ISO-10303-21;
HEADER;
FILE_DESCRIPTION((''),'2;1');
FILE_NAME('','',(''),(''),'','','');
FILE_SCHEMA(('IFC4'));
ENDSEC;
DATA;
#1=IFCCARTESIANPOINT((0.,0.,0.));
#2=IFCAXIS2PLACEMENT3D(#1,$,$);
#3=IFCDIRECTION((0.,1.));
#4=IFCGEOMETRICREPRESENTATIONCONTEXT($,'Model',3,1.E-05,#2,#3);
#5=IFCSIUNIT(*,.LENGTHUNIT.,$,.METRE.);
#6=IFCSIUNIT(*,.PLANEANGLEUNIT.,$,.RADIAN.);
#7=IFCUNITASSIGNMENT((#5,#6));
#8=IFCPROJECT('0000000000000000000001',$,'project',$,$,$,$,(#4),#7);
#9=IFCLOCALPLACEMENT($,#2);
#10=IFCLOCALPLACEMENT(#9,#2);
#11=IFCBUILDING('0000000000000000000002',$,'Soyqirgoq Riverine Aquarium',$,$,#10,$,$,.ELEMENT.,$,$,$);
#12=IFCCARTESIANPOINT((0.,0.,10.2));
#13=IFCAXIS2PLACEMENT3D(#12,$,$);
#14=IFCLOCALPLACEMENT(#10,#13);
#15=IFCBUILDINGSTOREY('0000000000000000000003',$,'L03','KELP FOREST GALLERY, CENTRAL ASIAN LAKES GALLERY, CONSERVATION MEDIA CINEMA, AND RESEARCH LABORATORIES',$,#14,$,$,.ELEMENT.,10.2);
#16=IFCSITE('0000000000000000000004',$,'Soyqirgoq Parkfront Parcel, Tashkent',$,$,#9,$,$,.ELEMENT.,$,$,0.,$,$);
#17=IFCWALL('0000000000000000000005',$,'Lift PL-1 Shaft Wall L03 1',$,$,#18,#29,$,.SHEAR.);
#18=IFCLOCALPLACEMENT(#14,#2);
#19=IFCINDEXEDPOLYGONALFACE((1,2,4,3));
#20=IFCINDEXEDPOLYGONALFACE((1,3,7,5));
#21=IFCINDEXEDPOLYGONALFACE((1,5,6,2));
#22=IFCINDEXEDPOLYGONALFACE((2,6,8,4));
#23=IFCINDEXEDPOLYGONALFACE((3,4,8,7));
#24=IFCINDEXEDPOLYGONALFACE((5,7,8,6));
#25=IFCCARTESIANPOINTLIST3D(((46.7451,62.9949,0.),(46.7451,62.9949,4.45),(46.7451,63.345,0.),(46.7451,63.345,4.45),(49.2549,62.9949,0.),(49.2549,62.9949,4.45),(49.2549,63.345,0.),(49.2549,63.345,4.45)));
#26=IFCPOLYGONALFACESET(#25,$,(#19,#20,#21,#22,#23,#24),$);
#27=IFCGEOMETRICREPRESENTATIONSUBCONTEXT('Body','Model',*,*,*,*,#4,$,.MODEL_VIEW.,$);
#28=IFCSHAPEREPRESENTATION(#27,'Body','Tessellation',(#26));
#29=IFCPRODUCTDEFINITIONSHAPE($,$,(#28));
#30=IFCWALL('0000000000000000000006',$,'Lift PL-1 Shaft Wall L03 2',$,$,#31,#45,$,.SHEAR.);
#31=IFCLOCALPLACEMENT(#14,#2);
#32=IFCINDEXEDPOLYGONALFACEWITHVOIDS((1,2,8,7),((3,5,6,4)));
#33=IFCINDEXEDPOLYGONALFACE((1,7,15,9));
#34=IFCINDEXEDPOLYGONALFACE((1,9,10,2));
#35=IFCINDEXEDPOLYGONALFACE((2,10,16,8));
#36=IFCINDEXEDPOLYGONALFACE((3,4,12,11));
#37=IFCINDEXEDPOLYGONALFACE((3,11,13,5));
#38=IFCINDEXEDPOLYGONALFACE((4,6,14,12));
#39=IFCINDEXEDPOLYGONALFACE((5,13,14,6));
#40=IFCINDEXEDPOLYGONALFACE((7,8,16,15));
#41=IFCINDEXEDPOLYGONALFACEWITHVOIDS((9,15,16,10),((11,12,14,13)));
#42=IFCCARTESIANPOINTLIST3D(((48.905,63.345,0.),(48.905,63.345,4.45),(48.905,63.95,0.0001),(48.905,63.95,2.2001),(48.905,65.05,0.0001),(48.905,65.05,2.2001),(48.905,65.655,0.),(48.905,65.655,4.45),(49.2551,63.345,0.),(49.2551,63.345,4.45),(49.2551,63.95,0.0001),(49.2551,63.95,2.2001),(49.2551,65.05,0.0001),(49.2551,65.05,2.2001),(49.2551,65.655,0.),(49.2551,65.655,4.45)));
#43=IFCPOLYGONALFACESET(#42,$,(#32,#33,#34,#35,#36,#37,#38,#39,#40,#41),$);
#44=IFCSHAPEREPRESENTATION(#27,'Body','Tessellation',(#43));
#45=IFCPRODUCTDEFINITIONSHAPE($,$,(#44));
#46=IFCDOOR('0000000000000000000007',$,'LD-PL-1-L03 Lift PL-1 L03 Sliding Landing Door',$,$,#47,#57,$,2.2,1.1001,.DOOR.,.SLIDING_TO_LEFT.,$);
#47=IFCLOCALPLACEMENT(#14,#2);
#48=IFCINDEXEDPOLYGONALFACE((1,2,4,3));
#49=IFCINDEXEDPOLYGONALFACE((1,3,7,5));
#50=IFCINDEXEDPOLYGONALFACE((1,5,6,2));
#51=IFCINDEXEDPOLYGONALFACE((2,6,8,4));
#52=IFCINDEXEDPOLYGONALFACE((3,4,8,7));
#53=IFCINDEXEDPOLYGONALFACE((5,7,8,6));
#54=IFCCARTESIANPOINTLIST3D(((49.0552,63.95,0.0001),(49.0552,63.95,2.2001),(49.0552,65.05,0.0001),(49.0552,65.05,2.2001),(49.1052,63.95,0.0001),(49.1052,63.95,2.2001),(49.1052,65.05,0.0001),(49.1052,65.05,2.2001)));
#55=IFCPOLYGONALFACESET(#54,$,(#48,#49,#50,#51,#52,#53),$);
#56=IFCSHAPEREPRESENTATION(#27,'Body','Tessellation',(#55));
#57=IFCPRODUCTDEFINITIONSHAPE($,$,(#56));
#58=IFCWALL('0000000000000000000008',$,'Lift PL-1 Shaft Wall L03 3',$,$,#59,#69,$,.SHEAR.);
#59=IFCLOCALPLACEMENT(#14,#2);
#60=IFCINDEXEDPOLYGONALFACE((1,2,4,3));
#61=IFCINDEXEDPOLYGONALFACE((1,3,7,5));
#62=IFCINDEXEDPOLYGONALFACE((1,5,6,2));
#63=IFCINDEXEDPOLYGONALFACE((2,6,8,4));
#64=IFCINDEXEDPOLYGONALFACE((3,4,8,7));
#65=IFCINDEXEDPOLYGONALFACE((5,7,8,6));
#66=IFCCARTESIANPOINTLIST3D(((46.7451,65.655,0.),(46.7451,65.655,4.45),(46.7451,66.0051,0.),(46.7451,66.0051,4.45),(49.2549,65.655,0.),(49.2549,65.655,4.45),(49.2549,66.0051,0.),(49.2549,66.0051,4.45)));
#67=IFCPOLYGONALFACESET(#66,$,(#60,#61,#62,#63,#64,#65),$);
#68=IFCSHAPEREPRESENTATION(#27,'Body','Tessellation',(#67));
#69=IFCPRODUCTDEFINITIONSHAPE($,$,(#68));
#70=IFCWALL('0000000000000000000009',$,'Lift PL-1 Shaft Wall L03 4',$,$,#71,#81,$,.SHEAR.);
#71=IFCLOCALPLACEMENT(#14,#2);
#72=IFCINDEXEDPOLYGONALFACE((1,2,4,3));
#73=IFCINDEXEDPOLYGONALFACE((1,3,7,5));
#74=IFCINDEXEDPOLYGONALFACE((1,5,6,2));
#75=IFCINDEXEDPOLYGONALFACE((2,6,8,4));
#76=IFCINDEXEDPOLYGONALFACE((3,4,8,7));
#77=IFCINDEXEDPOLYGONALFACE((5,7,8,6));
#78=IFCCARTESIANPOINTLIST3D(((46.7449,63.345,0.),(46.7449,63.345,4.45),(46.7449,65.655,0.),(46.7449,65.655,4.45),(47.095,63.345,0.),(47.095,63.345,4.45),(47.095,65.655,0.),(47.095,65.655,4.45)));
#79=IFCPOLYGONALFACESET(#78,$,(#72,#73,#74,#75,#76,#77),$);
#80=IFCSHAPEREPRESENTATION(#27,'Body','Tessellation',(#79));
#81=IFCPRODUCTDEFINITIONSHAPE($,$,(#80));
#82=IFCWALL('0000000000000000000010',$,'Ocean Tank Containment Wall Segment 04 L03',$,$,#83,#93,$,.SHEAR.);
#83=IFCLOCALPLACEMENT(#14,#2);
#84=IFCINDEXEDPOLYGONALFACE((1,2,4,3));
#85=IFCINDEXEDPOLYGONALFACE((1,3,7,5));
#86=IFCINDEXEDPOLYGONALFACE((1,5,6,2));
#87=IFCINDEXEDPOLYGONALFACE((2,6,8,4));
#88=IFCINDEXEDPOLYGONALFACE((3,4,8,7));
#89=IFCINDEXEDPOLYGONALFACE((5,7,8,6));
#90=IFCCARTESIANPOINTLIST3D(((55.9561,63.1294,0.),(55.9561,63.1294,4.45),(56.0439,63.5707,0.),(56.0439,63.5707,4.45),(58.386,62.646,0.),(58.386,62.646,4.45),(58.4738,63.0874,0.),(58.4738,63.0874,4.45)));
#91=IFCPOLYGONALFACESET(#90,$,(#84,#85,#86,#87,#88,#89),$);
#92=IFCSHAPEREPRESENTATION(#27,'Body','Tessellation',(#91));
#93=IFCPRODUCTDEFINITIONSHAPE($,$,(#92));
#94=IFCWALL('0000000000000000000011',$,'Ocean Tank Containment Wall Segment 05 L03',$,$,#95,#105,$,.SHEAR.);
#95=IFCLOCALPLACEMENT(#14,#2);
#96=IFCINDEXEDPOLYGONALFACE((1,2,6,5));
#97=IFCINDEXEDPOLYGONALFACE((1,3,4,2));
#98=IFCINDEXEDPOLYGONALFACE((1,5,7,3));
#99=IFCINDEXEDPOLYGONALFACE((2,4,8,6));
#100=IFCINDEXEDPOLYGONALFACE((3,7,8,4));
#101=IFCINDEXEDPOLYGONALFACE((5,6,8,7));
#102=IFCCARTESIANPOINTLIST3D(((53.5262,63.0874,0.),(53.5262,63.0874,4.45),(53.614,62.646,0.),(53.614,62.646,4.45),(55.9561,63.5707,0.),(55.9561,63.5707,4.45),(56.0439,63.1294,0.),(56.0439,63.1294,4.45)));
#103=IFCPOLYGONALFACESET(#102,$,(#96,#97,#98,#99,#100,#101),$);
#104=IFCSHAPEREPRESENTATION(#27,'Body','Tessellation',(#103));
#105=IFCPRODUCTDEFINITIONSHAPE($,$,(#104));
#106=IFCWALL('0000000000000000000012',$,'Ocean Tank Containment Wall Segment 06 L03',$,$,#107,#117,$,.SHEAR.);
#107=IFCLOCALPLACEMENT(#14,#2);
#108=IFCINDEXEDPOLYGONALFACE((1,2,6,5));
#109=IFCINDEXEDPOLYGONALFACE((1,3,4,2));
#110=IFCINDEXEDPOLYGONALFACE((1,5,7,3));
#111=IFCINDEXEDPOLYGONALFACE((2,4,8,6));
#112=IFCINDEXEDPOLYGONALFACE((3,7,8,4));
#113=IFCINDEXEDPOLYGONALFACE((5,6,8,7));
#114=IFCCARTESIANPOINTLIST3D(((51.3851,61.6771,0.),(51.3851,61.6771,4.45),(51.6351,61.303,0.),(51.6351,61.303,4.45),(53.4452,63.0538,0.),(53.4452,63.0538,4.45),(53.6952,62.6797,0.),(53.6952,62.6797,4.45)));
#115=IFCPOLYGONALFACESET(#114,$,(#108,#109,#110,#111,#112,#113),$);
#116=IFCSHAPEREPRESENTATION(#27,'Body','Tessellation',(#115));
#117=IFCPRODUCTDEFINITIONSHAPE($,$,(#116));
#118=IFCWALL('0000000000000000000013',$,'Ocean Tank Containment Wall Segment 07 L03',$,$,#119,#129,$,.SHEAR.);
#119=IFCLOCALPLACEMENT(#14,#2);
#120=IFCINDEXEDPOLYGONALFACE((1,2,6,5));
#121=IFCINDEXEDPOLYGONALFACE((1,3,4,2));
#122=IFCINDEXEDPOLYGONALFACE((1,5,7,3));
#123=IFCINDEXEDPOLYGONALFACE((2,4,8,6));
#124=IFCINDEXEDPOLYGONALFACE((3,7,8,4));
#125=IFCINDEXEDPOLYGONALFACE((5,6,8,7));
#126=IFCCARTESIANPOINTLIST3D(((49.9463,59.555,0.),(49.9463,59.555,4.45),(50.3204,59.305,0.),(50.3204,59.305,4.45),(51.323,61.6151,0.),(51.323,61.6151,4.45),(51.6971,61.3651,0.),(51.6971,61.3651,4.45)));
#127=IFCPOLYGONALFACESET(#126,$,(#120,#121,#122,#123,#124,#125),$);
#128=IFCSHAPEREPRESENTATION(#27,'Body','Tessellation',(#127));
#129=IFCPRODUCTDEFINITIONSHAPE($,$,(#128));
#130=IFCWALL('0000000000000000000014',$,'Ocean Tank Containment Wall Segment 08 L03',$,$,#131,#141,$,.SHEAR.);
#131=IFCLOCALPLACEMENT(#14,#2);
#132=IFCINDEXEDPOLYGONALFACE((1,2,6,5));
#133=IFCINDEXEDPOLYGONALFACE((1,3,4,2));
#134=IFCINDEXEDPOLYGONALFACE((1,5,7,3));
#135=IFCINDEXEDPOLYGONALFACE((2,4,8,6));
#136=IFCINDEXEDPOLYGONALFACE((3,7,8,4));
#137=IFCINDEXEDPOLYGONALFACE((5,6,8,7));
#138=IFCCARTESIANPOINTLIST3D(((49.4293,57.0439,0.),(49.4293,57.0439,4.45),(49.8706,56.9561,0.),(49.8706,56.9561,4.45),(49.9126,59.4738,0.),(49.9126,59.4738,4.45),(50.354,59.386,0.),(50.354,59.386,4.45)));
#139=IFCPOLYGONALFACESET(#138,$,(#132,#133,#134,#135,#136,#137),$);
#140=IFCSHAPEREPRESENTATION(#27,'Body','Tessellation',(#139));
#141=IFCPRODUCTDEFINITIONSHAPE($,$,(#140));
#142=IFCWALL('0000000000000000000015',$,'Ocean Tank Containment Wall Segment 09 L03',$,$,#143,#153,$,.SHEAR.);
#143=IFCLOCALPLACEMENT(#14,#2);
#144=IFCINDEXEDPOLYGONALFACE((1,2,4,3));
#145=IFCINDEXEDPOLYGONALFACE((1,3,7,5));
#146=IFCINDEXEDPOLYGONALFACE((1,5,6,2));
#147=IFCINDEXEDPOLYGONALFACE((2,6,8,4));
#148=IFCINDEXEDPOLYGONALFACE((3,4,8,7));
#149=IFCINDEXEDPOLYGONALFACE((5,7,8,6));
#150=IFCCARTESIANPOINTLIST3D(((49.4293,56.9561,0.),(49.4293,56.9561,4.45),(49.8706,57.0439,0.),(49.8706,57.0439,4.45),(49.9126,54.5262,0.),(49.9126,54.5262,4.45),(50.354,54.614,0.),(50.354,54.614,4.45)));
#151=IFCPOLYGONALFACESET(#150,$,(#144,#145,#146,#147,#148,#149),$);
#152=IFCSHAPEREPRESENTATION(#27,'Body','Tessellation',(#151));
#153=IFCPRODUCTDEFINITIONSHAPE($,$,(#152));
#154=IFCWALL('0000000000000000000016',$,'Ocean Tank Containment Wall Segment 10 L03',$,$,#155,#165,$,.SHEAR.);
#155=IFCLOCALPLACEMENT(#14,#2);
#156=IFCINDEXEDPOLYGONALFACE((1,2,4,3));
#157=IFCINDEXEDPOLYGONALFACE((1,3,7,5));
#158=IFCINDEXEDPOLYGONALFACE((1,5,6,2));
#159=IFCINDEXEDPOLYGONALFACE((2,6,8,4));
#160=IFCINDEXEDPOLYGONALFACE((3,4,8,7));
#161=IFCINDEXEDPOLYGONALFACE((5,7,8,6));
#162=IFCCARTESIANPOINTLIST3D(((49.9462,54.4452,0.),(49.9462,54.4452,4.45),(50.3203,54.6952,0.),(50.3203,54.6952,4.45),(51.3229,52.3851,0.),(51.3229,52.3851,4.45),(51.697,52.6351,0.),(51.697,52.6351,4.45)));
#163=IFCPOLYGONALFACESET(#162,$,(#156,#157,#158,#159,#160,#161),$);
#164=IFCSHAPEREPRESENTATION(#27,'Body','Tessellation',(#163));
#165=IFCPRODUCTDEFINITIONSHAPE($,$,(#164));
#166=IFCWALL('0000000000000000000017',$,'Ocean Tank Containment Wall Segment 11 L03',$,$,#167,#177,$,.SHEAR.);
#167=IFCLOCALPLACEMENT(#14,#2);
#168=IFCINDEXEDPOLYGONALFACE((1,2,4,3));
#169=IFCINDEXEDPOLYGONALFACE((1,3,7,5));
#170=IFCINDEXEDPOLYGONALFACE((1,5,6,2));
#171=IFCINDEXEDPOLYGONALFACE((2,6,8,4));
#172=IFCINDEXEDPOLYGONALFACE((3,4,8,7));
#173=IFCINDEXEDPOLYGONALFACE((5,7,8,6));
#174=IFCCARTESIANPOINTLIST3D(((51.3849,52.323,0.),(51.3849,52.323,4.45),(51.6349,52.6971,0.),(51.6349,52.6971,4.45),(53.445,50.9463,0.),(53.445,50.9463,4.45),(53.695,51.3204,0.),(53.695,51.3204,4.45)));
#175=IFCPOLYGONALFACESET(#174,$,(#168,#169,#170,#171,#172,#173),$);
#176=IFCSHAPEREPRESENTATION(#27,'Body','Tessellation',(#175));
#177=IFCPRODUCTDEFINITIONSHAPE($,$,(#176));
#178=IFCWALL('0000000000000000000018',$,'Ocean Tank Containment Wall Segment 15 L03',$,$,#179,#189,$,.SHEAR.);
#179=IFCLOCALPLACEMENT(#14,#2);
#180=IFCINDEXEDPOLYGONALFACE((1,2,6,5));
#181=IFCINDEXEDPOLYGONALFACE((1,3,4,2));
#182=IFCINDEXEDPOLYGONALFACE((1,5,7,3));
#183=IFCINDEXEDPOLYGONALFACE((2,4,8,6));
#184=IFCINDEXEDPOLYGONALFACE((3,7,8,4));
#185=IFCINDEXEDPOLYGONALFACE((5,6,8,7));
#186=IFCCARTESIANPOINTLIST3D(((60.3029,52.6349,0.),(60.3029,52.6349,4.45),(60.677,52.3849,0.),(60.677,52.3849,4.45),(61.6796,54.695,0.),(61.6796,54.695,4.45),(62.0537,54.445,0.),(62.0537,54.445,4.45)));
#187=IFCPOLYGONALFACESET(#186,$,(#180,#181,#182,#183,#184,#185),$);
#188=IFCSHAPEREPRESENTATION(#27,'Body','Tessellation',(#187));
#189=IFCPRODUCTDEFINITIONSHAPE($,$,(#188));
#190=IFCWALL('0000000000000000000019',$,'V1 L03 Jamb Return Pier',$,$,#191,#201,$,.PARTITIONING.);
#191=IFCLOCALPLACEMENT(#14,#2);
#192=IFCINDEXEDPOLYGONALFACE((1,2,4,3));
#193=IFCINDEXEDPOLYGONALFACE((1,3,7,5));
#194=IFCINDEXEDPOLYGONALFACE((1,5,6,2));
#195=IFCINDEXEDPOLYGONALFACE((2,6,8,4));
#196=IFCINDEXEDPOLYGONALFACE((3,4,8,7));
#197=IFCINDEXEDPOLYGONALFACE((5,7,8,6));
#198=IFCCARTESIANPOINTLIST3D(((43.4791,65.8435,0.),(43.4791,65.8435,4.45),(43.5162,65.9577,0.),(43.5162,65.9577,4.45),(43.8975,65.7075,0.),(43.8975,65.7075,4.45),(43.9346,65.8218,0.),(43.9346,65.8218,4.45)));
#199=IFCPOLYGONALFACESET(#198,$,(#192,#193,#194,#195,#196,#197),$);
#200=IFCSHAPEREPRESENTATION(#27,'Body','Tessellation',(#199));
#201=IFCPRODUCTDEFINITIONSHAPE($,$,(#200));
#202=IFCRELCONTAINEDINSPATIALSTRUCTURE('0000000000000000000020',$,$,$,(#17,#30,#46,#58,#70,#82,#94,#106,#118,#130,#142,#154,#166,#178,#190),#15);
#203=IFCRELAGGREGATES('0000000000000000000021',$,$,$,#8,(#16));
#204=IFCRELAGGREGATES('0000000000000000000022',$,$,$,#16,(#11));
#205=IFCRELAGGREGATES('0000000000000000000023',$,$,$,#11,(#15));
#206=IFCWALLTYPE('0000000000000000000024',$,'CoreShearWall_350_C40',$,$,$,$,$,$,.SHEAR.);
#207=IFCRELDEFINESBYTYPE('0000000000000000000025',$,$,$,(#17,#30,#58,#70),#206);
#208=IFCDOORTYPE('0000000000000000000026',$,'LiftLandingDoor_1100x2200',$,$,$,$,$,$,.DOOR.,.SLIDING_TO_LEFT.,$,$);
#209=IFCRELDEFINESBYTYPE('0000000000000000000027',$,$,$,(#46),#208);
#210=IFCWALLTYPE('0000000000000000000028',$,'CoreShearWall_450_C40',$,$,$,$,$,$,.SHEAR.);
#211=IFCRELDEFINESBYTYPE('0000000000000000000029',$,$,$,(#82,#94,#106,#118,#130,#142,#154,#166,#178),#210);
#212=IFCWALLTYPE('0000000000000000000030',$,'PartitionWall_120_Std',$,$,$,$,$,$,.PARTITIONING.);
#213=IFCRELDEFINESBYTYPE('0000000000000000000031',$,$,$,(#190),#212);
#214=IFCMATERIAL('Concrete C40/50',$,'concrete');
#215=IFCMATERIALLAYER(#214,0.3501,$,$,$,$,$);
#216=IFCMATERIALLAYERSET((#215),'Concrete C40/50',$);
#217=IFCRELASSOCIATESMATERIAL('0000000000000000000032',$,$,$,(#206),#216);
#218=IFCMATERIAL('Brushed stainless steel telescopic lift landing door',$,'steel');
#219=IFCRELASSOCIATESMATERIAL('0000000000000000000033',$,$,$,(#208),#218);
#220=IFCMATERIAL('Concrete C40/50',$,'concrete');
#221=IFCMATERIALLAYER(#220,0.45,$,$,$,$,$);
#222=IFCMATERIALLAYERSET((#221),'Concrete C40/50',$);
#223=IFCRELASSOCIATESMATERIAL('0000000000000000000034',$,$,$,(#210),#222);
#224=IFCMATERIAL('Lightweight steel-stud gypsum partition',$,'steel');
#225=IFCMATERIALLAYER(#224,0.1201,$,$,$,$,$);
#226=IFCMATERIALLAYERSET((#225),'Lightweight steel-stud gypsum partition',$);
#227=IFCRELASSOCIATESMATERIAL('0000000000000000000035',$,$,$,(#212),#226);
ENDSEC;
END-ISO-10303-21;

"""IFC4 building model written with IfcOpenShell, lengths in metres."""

from ifc_helpers import new_model, si_unit, direction, frame, frame_2d, origin, place, context, subcontext, project, spatial, rectangle, extrude, material, layer, layer_set, type_object, element, fill, save


model = new_model("IFC4")

# Units and contexts
model_context = context("Model", 3, precision=1e-05, world=origin(), true_north=direction((0.0, 1.0)))
body_context = subcontext(model_context, "Body", "Model", "MODEL_VIEW")
ifc_project = project(units=[si_unit("LENGTHUNIT", "METRE"), si_unit("PLANEANGLEUNIT", "RADIAN")], contexts=[model_context])

# Site, building, storey
site_placement = place(None, origin())
site = spatial("IfcSite", under=ifc_project, at=site_placement, Name="Soyqirgoq Parkfront Parcel, Tashkent", CompositionType="ELEMENT", RefElevation=0.0)
building_placement = place(site_placement, origin())
building = spatial("IfcBuilding", under=site, at=building_placement, Name="Soyqirgoq Riverine Aquarium", CompositionType="ELEMENT")
storey_placement = place(building_placement, frame((0.0, 0.0, 10.2)))
storey = spatial("IfcBuildingStorey", under=building, at=storey_placement, Name="L03", Description="KELP FOREST GALLERY, CENTRAL ASIAN LAKES GALLERY, CONSERVATION MEDIA CINEMA, AND RESEARCH LABORATORIES", CompositionType="ELEMENT", Elevation=10.2)

# Wall
ifc_material_1 = material(Name="Concrete C40/50", Category="concrete")
ifc_layer_1 = layer(ifc_material_1, 0.3501)
ifc_layer_set_1 = layer_set([ifc_layer_1], Name="Concrete C40/50")
wall_type_1 = type_object("IfcWallType", Name="CoreShearWall_350_C40", PredefinedType="SHEAR", material=ifc_layer_set_1)
wall_1_placement = place(storey_placement, frame((46.7451, 63.1699, 0.0), z_axis=(0.0, 0.0, 1.0), x_axis=(1.0, 0.0, 0.0)))
element("IfcWall", 1, at=wall_1_placement, inside=storey, type_object=wall_type_1, Name="Lift PL-1 Shaft Wall L03 1", PredefinedType="SHEAR", context=body_context, shape_type="SweptSolid", body=[
    extrude(rectangle(XDim=2.5098, YDim=0.3501, at=frame_2d((1.2549, 0.0))), origin(), (0.0, 0.0, 1.0), 4.45),
])

# Wall, opening, door
wall_2_placement = place(storey_placement, frame((49.0801, 63.345, 0.0), z_axis=(0.0, 0.0, 1.0), x_axis=(0.0, 1.0, 0.0)))
wall_2 = element("IfcWall", 2, at=wall_2_placement, inside=storey, type_object=wall_type_1, Name="Lift PL-1 Shaft Wall L03 2", PredefinedType="SHEAR", context=body_context, shape_type="SweptSolid", body=[
    extrude(rectangle(XDim=2.3101, YDim=0.3501, at=frame_2d((1.155, 0.0))), origin(), (0.0, 0.0, 1.0), 4.45),
])
opening_placement = place(wall_2_placement, frame((0.605, 0.0, 0.0)))
opening = element("IfcOpeningElement", 3, at=opening_placement, cuts=wall_2, PredefinedType="OPENING", context=body_context, shape_type="SweptSolid", body=[
    extrude(rectangle(XDim=1.1001, YDim=2.2, at=frame_2d((0.55, 1.1001))), frame((0.0, 0.1851, 0.0), z_axis=(0.0, -1.0, 0.0), x_axis=(1.0, 0.0, 0.0)), (0.0, 0.0, 1.0), 0.3701),
])
ifc_material_2 = material(Name="Brushed stainless steel telescopic lift landing door", Category="steel")
door_type = type_object("IfcDoorType", Name="LiftLandingDoor_1100x2200", OperationType="SLIDING_TO_LEFT", PredefinedType="DOOR", material=ifc_material_2)
door_placement = place(opening_placement, origin())
door = element("IfcDoor", 4, at=door_placement, inside=storey, type_object=door_type, Name="LD-PL-1-L03 Lift PL-1 L03 Sliding Landing Door", OperationType="SLIDING_TO_LEFT", OverallHeight=2.2, OverallWidth=1.1001, PredefinedType="DOOR", context=body_context, shape_type="SweptSolid", body=[
    extrude(rectangle(XDim=1.1001, YDim=2.2, at=frame_2d((0.55, 1.1001))), frame((0.0, 0.0249, 0.0), z_axis=(0.0, -1.0, 0.0), x_axis=(1.0, 0.0, 0.0)), (0.0, 0.0, 1.0), 0.05),
])
fill(opening, door)

# Walls
wall_3_placement = place(storey_placement, frame((49.2549, 65.8301, 0.0), z_axis=(0.0, 0.0, 1.0), x_axis=(-1.0, 0.0, 0.0)))
element("IfcWall", 5, at=wall_3_placement, inside=storey, type_object=wall_type_1, Name="Lift PL-1 Shaft Wall L03 3", PredefinedType="SHEAR", context=body_context, shape_type="SweptSolid", body=[
    extrude(rectangle(XDim=2.5098, YDim=0.3501, at=frame_2d((1.2549, 0.0))), origin(), (0.0, 0.0, 1.0), 4.45),
])
wall_4_placement = place(storey_placement, frame((46.9199, 65.655, 0.0), z_axis=(0.0, 0.0, 1.0), x_axis=(0.0, -1.0, 0.0)))
element("IfcWall", 6, at=wall_4_placement, inside=storey, type_object=wall_type_1, Name="Lift PL-1 Shaft Wall L03 4", PredefinedType="SHEAR", context=body_context, shape_type="SweptSolid", body=[
    extrude(rectangle(XDim=2.3101, YDim=0.3501, at=frame_2d((1.155, 0.0))), origin(), (0.0, 0.0, 1.0), 4.45),
])
ifc_material_3 = material(Name="Concrete C40/50", Category="concrete")
ifc_layer_2 = layer(ifc_material_3, 0.45)
ifc_layer_set_2 = layer_set([ifc_layer_2], Name="Concrete C40/50")
wall_type_2 = type_object("IfcWallType", Name="CoreShearWall_450_C40", PredefinedType="SHEAR", material=ifc_layer_set_2)
for number, where, z_axis, x_axis, name in (
    (7, (58.4299, 62.8667, 0.0), (0.0, 0.0, 1.0), (-0.980781, 0.195112, 0.0), "Ocean Tank Containment Wall Segment 04 L03"),
    (8, (56.0, 63.3501, 0.0), (0.0, 0.0, 1.0), (-0.980781, -0.195112, 0.0), "Ocean Tank Containment Wall Segment 05 L03"),
):
    element("IfcWall", number, at=place(storey_placement, frame(where, z_axis=z_axis, x_axis=x_axis)), inside=storey, type_object=wall_type_2, Name=name, PredefinedType="SHEAR", context=body_context, shape_type="SweptSolid", body=[
        extrude(rectangle(XDim=2.4775, YDim=0.45, at=frame_2d((1.2388, 0.0))), origin(), (0.0, 0.0, 1.0), 4.45),
    ])
for number, where, z_axis, x_axis, name in (
    (9, (53.5701, 62.8667, 0.0), (0.0, 0.0, 1.0), (-0.831428, -0.555632, 0.0), "Ocean Tank Containment Wall Segment 06 L03"),
    (10, (51.51, 61.49, 0.0), (0.0, 0.0, 1.0), (-0.555632, -0.831428, 0.0), "Ocean Tank Containment Wall Segment 07 L03"),
):
    element("IfcWall", number, at=place(storey_placement, frame(where, z_axis=z_axis, x_axis=x_axis)), inside=storey, type_object=wall_type_2, Name=name, PredefinedType="SHEAR", context=body_context, shape_type="SweptSolid", body=[
        extrude(rectangle(XDim=2.4778, YDim=0.45, at=frame_2d((1.2388, 0.0))), origin(), (0.0, 0.0, 1.0), 4.45),
    ])
for number, where, z_axis, x_axis, name in (
    (11, (50.1333, 59.4299, 0.0), (0.0, 0.0, 1.0), (-0.195112, -0.980781, 0.0), "Ocean Tank Containment Wall Segment 08 L03"),
    (12, (49.6499, 57.0, 0.0), (0.0, 0.0, 1.0), (0.195112, -0.980781, 0.0), "Ocean Tank Containment Wall Segment 09 L03"),
):
    element("IfcWall", number, at=place(storey_placement, frame(where, z_axis=z_axis, x_axis=x_axis)), inside=storey, type_object=wall_type_2, Name=name, PredefinedType="SHEAR", context=body_context, shape_type="SweptSolid", body=[
        extrude(rectangle(XDim=2.4775, YDim=0.45, at=frame_2d((1.2388, 0.0))), origin(), (0.0, 0.0, 1.0), 4.45),
    ])
for number, where, z_axis, x_axis, name in (
    (13, (50.1333, 54.5701, 0.0), (0.0, 0.0, 1.0), (0.555632, -0.831428, 0.0), "Ocean Tank Containment Wall Segment 10 L03"),
    (14, (51.51, 52.51, 0.0), (0.0, 0.0, 1.0), (0.831428, -0.555632, 0.0), "Ocean Tank Containment Wall Segment 11 L03"),
    (15, (60.49, 52.51, 0.0), (0.0, 0.0, 1.0), (0.555632, 0.831428, 0.0), "Ocean Tank Containment Wall Segment 15 L03"),
):
    element("IfcWall", number, at=place(storey_placement, frame(where, z_axis=z_axis, x_axis=x_axis)), inside=storey, type_object=wall_type_2, Name=name, PredefinedType="SHEAR", context=body_context, shape_type="SweptSolid", body=[
        extrude(rectangle(XDim=2.4778, YDim=0.45, at=frame_2d((1.2388, 0.0))), origin(), (0.0, 0.0, 1.0), 4.45),
    ])
ifc_material_4 = material(Name="Lightweight steel-stud gypsum partition", Category="steel")
ifc_layer_3 = layer(ifc_material_4, 0.1201)
ifc_layer_set_3 = layer_set([ifc_layer_3], Name="Lightweight steel-stud gypsum partition")
wall_type_3 = type_object("IfcWallType", Name="PartitionWall_120_Std", PredefinedType="PARTITIONING", material=ifc_layer_set_3)
wall_5_placement = place(storey_placement, frame((43.916, 65.7646, 0.0), z_axis=(0.0, 0.0, 1.0), x_axis=(-0.951042, 0.309061, 0.0)))
element("IfcWall", 16, at=wall_5_placement, inside=storey, type_object=wall_type_3, Name="V1 L03 Jamb Return Pier", PredefinedType="PARTITIONING", context=body_context, shape_type="SweptSolid", body=[
    extrude(rectangle(XDim=0.4399, YDim=0.1201, at=frame_2d((0.22, 0.0))), origin(), (0.0, 0.0, 1.0), 4.45),
])

save(model, "model.ifc")
